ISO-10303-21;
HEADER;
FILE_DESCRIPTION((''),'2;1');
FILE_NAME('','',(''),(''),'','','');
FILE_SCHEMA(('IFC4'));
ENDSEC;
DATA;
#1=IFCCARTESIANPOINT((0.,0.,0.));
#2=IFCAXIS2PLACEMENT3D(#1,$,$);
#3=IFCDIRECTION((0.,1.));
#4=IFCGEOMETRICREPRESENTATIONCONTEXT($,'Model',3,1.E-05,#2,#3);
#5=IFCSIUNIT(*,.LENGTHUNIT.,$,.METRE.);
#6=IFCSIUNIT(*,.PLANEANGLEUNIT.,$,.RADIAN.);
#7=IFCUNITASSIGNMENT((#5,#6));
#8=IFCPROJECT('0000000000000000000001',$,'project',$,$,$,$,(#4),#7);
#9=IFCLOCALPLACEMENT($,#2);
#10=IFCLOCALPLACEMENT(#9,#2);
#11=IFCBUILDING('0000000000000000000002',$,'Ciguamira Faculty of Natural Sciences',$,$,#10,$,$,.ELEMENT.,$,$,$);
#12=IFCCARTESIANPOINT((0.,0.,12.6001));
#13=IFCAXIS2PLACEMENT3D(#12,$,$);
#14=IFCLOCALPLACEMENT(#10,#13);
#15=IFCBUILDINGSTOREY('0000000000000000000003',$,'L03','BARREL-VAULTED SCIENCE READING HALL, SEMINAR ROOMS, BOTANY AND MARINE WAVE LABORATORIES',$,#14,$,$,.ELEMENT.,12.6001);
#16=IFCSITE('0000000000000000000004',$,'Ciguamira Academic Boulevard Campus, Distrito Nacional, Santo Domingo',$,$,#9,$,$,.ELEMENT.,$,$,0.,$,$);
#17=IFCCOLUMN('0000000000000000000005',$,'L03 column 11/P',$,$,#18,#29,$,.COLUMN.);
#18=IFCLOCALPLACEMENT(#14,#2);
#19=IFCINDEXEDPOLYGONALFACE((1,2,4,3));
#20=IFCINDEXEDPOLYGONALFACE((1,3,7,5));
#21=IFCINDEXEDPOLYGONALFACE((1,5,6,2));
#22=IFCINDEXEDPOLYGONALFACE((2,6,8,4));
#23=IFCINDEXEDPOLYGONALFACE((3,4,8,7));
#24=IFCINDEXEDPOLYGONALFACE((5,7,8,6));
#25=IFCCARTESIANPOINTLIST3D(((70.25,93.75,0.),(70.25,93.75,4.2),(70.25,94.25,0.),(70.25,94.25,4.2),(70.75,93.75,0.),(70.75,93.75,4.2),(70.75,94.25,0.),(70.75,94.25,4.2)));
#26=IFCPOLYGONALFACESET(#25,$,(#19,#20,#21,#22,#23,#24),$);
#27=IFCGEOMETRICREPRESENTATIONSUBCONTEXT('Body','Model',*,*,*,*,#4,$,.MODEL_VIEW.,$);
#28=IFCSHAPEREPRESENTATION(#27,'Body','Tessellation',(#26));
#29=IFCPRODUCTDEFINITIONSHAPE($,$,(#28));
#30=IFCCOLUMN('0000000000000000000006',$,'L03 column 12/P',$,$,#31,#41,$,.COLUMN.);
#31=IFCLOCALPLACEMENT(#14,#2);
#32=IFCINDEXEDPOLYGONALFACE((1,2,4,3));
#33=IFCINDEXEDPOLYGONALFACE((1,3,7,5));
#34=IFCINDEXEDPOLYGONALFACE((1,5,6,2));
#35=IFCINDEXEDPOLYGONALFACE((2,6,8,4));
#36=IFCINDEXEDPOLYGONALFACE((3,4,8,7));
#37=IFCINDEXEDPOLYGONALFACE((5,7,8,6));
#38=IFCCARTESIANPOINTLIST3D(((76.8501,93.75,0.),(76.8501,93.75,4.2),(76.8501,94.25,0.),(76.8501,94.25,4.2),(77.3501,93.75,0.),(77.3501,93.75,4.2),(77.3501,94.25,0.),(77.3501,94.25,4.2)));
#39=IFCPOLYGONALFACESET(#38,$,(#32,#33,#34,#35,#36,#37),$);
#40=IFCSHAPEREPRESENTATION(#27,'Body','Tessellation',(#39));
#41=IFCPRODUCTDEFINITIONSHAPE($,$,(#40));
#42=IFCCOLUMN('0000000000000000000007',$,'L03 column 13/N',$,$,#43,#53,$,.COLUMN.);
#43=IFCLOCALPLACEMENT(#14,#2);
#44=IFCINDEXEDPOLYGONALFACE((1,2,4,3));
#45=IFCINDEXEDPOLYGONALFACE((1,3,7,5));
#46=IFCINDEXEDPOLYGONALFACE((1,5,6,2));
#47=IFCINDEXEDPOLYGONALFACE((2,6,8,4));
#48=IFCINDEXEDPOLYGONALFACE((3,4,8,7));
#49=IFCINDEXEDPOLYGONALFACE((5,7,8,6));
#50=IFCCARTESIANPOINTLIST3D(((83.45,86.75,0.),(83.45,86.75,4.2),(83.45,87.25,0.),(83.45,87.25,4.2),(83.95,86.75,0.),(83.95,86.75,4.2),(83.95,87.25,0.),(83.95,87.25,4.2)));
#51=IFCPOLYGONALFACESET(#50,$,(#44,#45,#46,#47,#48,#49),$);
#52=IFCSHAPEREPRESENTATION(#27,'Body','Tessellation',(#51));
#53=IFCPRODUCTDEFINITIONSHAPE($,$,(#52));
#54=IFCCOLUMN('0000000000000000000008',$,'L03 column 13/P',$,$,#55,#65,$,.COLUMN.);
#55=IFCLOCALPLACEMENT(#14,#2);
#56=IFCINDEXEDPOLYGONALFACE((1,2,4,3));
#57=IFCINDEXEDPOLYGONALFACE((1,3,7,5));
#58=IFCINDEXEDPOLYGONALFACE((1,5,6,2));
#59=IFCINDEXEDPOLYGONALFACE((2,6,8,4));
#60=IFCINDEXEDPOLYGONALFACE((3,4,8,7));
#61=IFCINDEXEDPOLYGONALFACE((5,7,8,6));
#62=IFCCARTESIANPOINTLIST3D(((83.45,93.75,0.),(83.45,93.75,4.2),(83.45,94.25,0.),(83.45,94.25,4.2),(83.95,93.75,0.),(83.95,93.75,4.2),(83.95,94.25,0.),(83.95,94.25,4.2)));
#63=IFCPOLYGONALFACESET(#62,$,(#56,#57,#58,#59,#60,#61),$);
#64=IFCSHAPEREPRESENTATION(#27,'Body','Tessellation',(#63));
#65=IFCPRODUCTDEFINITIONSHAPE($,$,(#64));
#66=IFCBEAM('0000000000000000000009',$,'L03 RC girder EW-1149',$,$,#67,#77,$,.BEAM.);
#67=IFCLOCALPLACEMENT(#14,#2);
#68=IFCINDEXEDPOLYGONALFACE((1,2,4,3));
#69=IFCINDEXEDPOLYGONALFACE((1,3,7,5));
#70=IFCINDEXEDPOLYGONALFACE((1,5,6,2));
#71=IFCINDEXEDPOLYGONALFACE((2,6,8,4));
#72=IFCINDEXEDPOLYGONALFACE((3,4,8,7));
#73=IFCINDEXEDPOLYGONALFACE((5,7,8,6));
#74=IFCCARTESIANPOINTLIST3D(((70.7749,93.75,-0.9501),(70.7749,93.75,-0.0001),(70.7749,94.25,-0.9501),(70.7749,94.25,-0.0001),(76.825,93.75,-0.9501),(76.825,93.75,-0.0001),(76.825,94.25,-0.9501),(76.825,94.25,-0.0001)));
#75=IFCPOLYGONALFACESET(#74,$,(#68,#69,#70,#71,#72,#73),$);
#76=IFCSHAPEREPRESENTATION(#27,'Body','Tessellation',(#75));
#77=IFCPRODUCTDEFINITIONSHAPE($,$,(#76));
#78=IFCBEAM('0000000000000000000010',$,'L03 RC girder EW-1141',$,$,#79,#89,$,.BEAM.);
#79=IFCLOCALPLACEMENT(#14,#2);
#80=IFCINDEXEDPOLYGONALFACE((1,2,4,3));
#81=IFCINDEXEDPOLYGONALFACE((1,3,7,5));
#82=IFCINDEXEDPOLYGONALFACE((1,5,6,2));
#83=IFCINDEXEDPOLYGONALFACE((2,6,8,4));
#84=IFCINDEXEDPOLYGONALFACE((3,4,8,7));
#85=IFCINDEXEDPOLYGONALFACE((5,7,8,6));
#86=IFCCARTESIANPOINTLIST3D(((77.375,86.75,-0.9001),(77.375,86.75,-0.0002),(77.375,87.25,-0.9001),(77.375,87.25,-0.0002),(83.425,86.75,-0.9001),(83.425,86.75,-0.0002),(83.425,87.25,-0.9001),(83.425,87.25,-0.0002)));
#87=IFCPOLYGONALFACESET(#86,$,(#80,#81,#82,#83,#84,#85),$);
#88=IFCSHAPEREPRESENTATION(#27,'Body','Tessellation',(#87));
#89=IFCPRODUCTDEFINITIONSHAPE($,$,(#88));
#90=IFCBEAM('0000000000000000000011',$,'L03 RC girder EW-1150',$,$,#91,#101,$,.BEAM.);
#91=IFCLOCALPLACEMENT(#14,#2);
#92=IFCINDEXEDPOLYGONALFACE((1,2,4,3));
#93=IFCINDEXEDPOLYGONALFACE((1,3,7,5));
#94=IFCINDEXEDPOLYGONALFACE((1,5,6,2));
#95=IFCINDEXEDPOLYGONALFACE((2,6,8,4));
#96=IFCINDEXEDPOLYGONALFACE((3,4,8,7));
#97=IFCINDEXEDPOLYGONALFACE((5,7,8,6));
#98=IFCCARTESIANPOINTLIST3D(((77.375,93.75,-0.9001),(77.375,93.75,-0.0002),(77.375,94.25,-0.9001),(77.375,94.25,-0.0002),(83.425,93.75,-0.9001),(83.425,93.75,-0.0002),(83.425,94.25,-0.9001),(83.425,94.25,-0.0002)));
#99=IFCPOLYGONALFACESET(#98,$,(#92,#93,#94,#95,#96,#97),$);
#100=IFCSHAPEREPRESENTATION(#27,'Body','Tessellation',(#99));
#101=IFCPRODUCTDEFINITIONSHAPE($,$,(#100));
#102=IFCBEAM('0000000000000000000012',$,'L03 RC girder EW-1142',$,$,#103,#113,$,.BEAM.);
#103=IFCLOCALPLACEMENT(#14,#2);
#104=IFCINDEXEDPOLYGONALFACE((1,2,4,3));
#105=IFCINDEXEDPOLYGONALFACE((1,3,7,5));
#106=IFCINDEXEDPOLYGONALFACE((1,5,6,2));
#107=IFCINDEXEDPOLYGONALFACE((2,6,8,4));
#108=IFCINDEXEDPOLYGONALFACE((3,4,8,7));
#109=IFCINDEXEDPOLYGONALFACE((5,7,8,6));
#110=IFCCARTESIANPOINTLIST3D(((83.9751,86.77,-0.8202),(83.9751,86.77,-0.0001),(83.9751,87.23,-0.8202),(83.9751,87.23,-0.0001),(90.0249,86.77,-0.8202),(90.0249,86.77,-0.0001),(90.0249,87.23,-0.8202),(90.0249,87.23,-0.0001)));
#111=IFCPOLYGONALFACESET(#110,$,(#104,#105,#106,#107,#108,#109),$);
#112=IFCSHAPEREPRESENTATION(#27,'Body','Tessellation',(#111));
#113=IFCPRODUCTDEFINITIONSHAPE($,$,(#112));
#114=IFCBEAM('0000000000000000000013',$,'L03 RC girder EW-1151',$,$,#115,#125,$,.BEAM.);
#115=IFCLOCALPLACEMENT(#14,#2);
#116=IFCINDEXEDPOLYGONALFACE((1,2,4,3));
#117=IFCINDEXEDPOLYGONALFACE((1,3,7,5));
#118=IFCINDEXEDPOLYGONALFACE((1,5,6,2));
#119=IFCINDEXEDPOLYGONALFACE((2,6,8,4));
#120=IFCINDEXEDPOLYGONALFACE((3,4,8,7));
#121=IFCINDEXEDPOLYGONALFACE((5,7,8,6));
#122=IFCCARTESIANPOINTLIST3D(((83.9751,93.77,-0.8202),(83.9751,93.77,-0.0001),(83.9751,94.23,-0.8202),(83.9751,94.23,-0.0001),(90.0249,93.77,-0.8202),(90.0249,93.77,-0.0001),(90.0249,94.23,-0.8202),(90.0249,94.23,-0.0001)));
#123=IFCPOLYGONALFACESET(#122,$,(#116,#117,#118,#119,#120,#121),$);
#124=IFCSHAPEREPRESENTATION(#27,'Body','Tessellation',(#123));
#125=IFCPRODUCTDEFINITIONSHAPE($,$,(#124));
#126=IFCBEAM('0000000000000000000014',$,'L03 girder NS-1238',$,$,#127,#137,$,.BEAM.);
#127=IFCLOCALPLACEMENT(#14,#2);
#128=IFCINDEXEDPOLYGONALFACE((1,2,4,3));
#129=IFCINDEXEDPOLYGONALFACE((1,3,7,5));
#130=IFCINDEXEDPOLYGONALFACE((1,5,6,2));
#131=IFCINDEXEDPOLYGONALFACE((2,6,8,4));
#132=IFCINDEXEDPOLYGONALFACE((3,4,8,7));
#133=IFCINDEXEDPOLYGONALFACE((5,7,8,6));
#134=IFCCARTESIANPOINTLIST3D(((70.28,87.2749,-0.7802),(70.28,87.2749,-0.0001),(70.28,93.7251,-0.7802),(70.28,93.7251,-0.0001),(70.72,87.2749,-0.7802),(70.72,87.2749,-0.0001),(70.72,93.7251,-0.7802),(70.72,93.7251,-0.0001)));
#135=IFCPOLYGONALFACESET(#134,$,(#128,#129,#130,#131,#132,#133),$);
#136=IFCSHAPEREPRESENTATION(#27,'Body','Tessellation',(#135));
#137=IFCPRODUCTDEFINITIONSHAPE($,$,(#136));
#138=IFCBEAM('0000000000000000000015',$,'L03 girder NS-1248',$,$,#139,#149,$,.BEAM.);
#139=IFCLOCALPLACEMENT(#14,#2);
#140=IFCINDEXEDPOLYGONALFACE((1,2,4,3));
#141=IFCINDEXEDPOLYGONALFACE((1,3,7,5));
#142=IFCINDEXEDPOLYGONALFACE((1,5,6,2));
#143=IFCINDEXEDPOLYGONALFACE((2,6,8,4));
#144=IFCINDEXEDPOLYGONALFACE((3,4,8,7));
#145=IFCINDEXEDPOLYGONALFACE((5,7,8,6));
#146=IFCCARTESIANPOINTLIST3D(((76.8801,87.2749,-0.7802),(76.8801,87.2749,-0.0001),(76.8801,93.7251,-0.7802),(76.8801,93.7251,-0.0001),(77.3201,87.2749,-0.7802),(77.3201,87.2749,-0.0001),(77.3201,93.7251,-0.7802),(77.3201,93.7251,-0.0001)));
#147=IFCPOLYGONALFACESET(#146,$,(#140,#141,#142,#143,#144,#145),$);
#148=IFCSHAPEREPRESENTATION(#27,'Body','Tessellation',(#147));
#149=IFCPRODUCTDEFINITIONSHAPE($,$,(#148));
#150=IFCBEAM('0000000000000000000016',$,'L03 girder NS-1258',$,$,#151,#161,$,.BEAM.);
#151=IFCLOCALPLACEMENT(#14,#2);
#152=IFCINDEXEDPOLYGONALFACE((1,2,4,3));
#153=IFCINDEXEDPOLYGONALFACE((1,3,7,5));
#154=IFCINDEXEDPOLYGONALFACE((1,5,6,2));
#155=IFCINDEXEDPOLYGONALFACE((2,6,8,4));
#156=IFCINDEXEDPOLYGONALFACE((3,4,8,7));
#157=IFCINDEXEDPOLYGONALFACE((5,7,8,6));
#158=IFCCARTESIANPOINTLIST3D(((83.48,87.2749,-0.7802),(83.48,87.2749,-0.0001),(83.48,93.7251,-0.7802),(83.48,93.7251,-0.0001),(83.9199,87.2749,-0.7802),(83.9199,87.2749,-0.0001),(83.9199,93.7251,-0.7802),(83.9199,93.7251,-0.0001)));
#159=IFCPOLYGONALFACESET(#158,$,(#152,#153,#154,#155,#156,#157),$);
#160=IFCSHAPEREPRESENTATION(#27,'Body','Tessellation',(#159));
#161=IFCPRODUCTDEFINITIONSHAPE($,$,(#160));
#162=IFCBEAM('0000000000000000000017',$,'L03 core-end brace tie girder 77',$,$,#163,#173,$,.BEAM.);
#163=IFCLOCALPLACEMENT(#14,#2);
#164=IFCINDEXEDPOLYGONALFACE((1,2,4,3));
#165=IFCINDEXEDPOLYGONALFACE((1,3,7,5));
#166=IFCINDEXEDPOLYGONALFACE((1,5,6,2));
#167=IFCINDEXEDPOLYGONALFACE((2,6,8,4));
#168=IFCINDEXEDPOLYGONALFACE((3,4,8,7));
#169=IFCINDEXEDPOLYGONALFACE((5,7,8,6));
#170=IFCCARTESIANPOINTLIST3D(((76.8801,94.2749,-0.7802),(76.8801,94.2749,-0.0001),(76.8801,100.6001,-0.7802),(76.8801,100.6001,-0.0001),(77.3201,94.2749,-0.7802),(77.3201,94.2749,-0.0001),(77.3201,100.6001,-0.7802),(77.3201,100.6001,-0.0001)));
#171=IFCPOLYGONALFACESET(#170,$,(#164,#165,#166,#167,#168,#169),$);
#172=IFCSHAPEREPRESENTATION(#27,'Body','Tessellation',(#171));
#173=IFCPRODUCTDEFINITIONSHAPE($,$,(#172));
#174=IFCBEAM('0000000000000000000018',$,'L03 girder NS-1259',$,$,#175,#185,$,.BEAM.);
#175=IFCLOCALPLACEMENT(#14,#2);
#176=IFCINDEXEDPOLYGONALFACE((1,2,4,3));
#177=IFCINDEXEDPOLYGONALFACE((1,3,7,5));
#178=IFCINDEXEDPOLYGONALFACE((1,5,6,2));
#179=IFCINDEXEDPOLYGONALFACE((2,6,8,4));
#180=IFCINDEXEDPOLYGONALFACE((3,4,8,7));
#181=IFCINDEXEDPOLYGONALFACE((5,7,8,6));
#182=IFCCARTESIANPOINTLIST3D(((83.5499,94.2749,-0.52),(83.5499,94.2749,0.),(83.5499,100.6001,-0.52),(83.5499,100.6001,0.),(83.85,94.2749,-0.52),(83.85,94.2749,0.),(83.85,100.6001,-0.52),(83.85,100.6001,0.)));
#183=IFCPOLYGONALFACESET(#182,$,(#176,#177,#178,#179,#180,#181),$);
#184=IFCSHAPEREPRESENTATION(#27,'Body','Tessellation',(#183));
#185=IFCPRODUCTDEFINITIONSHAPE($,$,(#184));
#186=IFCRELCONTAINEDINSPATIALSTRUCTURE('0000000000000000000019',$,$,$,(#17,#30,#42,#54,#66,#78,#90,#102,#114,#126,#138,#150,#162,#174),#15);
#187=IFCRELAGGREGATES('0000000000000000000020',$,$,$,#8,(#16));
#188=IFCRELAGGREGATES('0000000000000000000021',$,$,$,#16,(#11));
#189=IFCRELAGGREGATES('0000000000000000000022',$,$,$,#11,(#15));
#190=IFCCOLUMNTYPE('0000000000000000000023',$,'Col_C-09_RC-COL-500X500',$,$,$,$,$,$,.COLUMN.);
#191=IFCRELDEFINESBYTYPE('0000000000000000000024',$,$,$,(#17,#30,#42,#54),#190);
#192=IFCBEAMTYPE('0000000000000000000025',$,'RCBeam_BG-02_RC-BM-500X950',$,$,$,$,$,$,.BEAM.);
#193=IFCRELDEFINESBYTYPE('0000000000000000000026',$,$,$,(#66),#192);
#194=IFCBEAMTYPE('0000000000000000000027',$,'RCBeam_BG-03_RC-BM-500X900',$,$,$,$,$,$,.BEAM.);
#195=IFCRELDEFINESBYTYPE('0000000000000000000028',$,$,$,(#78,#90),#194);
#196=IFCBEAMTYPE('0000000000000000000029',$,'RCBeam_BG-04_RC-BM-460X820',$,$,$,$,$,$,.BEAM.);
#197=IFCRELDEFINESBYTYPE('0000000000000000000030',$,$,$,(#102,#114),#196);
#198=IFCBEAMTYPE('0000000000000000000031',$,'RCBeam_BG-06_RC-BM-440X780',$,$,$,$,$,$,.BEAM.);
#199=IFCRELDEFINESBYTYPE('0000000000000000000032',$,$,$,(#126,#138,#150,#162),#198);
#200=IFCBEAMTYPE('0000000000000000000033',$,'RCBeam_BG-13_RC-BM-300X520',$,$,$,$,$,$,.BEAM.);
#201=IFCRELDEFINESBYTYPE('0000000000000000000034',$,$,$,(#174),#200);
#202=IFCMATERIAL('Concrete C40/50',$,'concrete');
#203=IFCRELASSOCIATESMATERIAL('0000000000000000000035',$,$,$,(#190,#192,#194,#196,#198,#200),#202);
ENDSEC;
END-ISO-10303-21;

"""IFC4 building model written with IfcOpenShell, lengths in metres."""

from ifc_helpers import new_model, si_unit, direction, frame, origin, origin_2d, place, context, subcontext, project, spatial, rectangle, extrude, material, material_profile, profile_set, type_object, element, save


model = new_model("IFC4")

# Units and contexts
model_context = context("Model", 3, precision=1e-05, world=origin(), true_north=direction((0.0, 1.0)))
body_context = subcontext(model_context, "Body", "Model", "MODEL_VIEW")
ifc_project = project(units=[si_unit("LENGTHUNIT", "METRE"), si_unit("PLANEANGLEUNIT", "RADIAN")], contexts=[model_context])

# Site, building, storey
site_placement = place(None, origin())
site = spatial("IfcSite", under=ifc_project, at=site_placement, Name="Ciguamira Academic Boulevard Campus, Distrito Nacional, Santo Domingo", CompositionType="ELEMENT", RefElevation=0.0)
building_placement = place(site_placement, origin())
building = spatial("IfcBuilding", under=site, at=building_placement, Name="Ciguamira Faculty of Natural Sciences", CompositionType="ELEMENT")
storey_placement = place(building_placement, frame((0.0, 0.0, 12.6001)))
storey = spatial("IfcBuildingStorey", under=building, at=storey_placement, Name="L03", Description="BARREL-VAULTED SCIENCE READING HALL, SEMINAR ROOMS, BOTANY AND MARINE WAVE LABORATORIES", CompositionType="ELEMENT", Elevation=12.6001)

# Columns
ifc_material_1 = material(Name="Concrete C40/50", Category="concrete")
ifc_material_profile_1 = material_profile(ifc_material_1, rectangle(XDim=0.5, YDim=0.5, at=origin_2d()), Name="RC-COL-500X500")
ifc_profile_set_1 = profile_set([ifc_material_profile_1], Name="Concrete C40/50")
column_type = type_object("IfcColumnType", Name="Col_C-09_RC-COL-500X500", PredefinedType="COLUMN", material=ifc_profile_set_1)
for number, where, z_axis, x_axis, name in (
    (1, (70.5, 94.0, 0.0), (0.0, 0.0, 1.0), (1.0, 0.0, 0.0), "L03 column 11/P"),
    (2, (77.1001, 94.0, 0.0), (0.0, 0.0, 1.0), (1.0, 0.0, 0.0), "L03 column 12/P"),
    (3, (83.7, 87.0, 0.0), (0.0, 0.0, 1.0), (1.0, 0.0, 0.0), "L03 column 13/N"),
    (4, (83.7, 94.0, 0.0), (0.0, 0.0, 1.0), (1.0, 0.0, 0.0), "L03 column 13/P"),
):
    element("IfcColumn", number, at=place(storey_placement, frame(where, z_axis=z_axis, x_axis=x_axis)), inside=storey, type_object=column_type, Name=name, PredefinedType="COLUMN", context=body_context, shape_type="SweptSolid", body=[
        extrude(rectangle(XDim=0.5, YDim=0.5, at=origin_2d()), origin(), (0.0, 0.0, 1.0), 4.2),
    ])

# Beams
ifc_material_profile_2 = material_profile(ifc_material_1, rectangle(XDim=0.5, YDim=0.95, at=origin_2d()), Name="RC-BM-500X950")
ifc_profile_set_2 = profile_set([ifc_material_profile_2], Name="Concrete C40/50")
beam_type_1 = type_object("IfcBeamType", Name="RCBeam_BG-02_RC-BM-500X950", PredefinedType="BEAM", material=ifc_profile_set_2)
beam_1_placement = place(storey_placement, frame((70.7749, 94.0, -0.4751), z_axis=(1.0, 0.0, 0.0), x_axis=(0.0, 1.0, 0.0)))
element("IfcBeam", 5, at=beam_1_placement, inside=storey, type_object=beam_type_1, Name="L03 RC girder EW-1149", PredefinedType="BEAM", context=body_context, shape_type="SweptSolid", body=[
    extrude(rectangle(XDim=0.5, YDim=0.95, at=origin_2d()), origin(), (0.0, 0.0, 1.0), 6.05),
])
ifc_material_profile_3 = material_profile(ifc_material_1, rectangle(XDim=0.5, YDim=0.8999, at=origin_2d()), Name="RC-BM-500X900")
ifc_profile_set_3 = profile_set([ifc_material_profile_3], Name="Concrete C40/50")
beam_type_2 = type_object("IfcBeamType", Name="RCBeam_BG-03_RC-BM-500X900", PredefinedType="BEAM", material=ifc_profile_set_3)
for number, where, z_axis, x_axis, name in (
    (6, (77.375, 87.0, -0.4502), (1.0, 0.0, 0.0), (0.0, 1.0, 0.0), "L03 RC girder EW-1141"),
    (7, (77.375, 94.0, -0.4502), (1.0, 0.0, 0.0), (0.0, 1.0, 0.0), "L03 RC girder EW-1150"),
):
    element("IfcBeam", number, at=place(storey_placement, frame(where, z_axis=z_axis, x_axis=x_axis)), inside=storey, type_object=beam_type_2, Name=name, PredefinedType="BEAM", context=body_context, shape_type="SweptSolid", body=[
        extrude(rectangle(XDim=0.5, YDim=0.8999, at=origin_2d()), origin(), (0.0, 0.0, 1.0), 6.05),
    ])
ifc_material_profile_4 = material_profile(ifc_material_1, rectangle(XDim=0.46, YDim=0.8201, at=origin_2d()), Name="RC-BM-460X820")
ifc_profile_set_4 = profile_set([ifc_material_profile_4], Name="Concrete C40/50")
beam_type_3 = type_object("IfcBeamType", Name="RCBeam_BG-04_RC-BM-460X820", PredefinedType="BEAM", material=ifc_profile_set_4)
for number, where, z_axis, x_axis, name in (
    (8, (83.9751, 87.0, -0.4102), (1.0, 0.0, 0.0), (0.0, 1.0, 0.0), "L03 RC girder EW-1142"),
    (9, (83.9751, 94.0, -0.4102), (1.0, 0.0, 0.0), (0.0, 1.0, 0.0), "L03 RC girder EW-1151"),
):
    element("IfcBeam", number, at=place(storey_placement, frame(where, z_axis=z_axis, x_axis=x_axis)), inside=storey, type_object=beam_type_3, Name=name, PredefinedType="BEAM", context=body_context, shape_type="SweptSolid", body=[
        extrude(rectangle(XDim=0.46, YDim=0.8201, at=origin_2d()), origin(), (0.0, 0.0, 1.0), 6.0498),
    ])
ifc_material_profile_5 = material_profile(ifc_material_1, rectangle(XDim=0.4399, YDim=0.78, at=origin_2d()), Name="RC-BM-440X780")
ifc_profile_set_5 = profile_set([ifc_material_profile_5], Name="Concrete C40/50")
beam_type_4 = type_object("IfcBeamType", Name="RCBeam_BG-06_RC-BM-440X780", PredefinedType="BEAM", material=ifc_profile_set_5)
for number, where, z_axis, x_axis, name in (
    (10, (70.5, 87.2749, -0.3901), (0.0, 1.0, 0.0), (-1.0, 0.0, 0.0), "L03 girder NS-1238"),
    (11, (77.1001, 87.2749, -0.3901), (0.0, 1.0, 0.0), (-1.0, 0.0, 0.0), "L03 girder NS-1248"),
    (12, (83.7, 87.2749, -0.3901), (0.0, 1.0, 0.0), (-1.0, 0.0, 0.0), "L03 girder NS-1258"),
):
    element("IfcBeam", number, at=place(storey_placement, frame(where, z_axis=z_axis, x_axis=x_axis)), inside=storey, type_object=beam_type_4, Name=name, PredefinedType="BEAM", context=body_context, shape_type="SweptSolid", body=[
        extrude(rectangle(XDim=0.4399, YDim=0.78, at=origin_2d()), origin(), (0.0, 0.0, 1.0), 6.4502),
    ])
beam_2_placement = place(storey_placement, frame((77.1001, 94.2749, -0.3901), z_axis=(0.0, 1.0, 0.0), x_axis=(-1.0, 0.0, 0.0)))
element("IfcBeam", 13, at=beam_2_placement, inside=storey, type_object=beam_type_4, Name="L03 core-end brace tie girder 77", PredefinedType="BEAM", context=body_context, shape_type="SweptSolid", body=[
    extrude(rectangle(XDim=0.4399, YDim=0.78, at=origin_2d()), origin(), (0.0, 0.0, 1.0), 6.3252),
])
ifc_material_profile_6 = material_profile(ifc_material_1, rectangle(XDim=0.3, YDim=0.52, at=origin_2d()), Name="RC-BM-300X520")
ifc_profile_set_6 = profile_set([ifc_material_profile_6], Name="Concrete C40/50")
beam_type_5 = type_object("IfcBeamType", Name="RCBeam_BG-13_RC-BM-300X520", PredefinedType="BEAM", material=ifc_profile_set_6)
beam_3_placement = place(storey_placement, frame((83.7, 94.2749, -0.26), z_axis=(0.0, 1.0, 0.0), x_axis=(-1.0, 0.0, 0.0)))
element("IfcBeam", 14, at=beam_3_placement, inside=storey, type_object=beam_type_5, Name="L03 girder NS-1259", PredefinedType="BEAM", context=body_context, shape_type="SweptSolid", body=[
    extrude(rectangle(XDim=0.3, YDim=0.52, at=origin_2d()), origin(), (0.0, 0.0, 1.0), 6.3252),
])

save(model, "model.ifc")
